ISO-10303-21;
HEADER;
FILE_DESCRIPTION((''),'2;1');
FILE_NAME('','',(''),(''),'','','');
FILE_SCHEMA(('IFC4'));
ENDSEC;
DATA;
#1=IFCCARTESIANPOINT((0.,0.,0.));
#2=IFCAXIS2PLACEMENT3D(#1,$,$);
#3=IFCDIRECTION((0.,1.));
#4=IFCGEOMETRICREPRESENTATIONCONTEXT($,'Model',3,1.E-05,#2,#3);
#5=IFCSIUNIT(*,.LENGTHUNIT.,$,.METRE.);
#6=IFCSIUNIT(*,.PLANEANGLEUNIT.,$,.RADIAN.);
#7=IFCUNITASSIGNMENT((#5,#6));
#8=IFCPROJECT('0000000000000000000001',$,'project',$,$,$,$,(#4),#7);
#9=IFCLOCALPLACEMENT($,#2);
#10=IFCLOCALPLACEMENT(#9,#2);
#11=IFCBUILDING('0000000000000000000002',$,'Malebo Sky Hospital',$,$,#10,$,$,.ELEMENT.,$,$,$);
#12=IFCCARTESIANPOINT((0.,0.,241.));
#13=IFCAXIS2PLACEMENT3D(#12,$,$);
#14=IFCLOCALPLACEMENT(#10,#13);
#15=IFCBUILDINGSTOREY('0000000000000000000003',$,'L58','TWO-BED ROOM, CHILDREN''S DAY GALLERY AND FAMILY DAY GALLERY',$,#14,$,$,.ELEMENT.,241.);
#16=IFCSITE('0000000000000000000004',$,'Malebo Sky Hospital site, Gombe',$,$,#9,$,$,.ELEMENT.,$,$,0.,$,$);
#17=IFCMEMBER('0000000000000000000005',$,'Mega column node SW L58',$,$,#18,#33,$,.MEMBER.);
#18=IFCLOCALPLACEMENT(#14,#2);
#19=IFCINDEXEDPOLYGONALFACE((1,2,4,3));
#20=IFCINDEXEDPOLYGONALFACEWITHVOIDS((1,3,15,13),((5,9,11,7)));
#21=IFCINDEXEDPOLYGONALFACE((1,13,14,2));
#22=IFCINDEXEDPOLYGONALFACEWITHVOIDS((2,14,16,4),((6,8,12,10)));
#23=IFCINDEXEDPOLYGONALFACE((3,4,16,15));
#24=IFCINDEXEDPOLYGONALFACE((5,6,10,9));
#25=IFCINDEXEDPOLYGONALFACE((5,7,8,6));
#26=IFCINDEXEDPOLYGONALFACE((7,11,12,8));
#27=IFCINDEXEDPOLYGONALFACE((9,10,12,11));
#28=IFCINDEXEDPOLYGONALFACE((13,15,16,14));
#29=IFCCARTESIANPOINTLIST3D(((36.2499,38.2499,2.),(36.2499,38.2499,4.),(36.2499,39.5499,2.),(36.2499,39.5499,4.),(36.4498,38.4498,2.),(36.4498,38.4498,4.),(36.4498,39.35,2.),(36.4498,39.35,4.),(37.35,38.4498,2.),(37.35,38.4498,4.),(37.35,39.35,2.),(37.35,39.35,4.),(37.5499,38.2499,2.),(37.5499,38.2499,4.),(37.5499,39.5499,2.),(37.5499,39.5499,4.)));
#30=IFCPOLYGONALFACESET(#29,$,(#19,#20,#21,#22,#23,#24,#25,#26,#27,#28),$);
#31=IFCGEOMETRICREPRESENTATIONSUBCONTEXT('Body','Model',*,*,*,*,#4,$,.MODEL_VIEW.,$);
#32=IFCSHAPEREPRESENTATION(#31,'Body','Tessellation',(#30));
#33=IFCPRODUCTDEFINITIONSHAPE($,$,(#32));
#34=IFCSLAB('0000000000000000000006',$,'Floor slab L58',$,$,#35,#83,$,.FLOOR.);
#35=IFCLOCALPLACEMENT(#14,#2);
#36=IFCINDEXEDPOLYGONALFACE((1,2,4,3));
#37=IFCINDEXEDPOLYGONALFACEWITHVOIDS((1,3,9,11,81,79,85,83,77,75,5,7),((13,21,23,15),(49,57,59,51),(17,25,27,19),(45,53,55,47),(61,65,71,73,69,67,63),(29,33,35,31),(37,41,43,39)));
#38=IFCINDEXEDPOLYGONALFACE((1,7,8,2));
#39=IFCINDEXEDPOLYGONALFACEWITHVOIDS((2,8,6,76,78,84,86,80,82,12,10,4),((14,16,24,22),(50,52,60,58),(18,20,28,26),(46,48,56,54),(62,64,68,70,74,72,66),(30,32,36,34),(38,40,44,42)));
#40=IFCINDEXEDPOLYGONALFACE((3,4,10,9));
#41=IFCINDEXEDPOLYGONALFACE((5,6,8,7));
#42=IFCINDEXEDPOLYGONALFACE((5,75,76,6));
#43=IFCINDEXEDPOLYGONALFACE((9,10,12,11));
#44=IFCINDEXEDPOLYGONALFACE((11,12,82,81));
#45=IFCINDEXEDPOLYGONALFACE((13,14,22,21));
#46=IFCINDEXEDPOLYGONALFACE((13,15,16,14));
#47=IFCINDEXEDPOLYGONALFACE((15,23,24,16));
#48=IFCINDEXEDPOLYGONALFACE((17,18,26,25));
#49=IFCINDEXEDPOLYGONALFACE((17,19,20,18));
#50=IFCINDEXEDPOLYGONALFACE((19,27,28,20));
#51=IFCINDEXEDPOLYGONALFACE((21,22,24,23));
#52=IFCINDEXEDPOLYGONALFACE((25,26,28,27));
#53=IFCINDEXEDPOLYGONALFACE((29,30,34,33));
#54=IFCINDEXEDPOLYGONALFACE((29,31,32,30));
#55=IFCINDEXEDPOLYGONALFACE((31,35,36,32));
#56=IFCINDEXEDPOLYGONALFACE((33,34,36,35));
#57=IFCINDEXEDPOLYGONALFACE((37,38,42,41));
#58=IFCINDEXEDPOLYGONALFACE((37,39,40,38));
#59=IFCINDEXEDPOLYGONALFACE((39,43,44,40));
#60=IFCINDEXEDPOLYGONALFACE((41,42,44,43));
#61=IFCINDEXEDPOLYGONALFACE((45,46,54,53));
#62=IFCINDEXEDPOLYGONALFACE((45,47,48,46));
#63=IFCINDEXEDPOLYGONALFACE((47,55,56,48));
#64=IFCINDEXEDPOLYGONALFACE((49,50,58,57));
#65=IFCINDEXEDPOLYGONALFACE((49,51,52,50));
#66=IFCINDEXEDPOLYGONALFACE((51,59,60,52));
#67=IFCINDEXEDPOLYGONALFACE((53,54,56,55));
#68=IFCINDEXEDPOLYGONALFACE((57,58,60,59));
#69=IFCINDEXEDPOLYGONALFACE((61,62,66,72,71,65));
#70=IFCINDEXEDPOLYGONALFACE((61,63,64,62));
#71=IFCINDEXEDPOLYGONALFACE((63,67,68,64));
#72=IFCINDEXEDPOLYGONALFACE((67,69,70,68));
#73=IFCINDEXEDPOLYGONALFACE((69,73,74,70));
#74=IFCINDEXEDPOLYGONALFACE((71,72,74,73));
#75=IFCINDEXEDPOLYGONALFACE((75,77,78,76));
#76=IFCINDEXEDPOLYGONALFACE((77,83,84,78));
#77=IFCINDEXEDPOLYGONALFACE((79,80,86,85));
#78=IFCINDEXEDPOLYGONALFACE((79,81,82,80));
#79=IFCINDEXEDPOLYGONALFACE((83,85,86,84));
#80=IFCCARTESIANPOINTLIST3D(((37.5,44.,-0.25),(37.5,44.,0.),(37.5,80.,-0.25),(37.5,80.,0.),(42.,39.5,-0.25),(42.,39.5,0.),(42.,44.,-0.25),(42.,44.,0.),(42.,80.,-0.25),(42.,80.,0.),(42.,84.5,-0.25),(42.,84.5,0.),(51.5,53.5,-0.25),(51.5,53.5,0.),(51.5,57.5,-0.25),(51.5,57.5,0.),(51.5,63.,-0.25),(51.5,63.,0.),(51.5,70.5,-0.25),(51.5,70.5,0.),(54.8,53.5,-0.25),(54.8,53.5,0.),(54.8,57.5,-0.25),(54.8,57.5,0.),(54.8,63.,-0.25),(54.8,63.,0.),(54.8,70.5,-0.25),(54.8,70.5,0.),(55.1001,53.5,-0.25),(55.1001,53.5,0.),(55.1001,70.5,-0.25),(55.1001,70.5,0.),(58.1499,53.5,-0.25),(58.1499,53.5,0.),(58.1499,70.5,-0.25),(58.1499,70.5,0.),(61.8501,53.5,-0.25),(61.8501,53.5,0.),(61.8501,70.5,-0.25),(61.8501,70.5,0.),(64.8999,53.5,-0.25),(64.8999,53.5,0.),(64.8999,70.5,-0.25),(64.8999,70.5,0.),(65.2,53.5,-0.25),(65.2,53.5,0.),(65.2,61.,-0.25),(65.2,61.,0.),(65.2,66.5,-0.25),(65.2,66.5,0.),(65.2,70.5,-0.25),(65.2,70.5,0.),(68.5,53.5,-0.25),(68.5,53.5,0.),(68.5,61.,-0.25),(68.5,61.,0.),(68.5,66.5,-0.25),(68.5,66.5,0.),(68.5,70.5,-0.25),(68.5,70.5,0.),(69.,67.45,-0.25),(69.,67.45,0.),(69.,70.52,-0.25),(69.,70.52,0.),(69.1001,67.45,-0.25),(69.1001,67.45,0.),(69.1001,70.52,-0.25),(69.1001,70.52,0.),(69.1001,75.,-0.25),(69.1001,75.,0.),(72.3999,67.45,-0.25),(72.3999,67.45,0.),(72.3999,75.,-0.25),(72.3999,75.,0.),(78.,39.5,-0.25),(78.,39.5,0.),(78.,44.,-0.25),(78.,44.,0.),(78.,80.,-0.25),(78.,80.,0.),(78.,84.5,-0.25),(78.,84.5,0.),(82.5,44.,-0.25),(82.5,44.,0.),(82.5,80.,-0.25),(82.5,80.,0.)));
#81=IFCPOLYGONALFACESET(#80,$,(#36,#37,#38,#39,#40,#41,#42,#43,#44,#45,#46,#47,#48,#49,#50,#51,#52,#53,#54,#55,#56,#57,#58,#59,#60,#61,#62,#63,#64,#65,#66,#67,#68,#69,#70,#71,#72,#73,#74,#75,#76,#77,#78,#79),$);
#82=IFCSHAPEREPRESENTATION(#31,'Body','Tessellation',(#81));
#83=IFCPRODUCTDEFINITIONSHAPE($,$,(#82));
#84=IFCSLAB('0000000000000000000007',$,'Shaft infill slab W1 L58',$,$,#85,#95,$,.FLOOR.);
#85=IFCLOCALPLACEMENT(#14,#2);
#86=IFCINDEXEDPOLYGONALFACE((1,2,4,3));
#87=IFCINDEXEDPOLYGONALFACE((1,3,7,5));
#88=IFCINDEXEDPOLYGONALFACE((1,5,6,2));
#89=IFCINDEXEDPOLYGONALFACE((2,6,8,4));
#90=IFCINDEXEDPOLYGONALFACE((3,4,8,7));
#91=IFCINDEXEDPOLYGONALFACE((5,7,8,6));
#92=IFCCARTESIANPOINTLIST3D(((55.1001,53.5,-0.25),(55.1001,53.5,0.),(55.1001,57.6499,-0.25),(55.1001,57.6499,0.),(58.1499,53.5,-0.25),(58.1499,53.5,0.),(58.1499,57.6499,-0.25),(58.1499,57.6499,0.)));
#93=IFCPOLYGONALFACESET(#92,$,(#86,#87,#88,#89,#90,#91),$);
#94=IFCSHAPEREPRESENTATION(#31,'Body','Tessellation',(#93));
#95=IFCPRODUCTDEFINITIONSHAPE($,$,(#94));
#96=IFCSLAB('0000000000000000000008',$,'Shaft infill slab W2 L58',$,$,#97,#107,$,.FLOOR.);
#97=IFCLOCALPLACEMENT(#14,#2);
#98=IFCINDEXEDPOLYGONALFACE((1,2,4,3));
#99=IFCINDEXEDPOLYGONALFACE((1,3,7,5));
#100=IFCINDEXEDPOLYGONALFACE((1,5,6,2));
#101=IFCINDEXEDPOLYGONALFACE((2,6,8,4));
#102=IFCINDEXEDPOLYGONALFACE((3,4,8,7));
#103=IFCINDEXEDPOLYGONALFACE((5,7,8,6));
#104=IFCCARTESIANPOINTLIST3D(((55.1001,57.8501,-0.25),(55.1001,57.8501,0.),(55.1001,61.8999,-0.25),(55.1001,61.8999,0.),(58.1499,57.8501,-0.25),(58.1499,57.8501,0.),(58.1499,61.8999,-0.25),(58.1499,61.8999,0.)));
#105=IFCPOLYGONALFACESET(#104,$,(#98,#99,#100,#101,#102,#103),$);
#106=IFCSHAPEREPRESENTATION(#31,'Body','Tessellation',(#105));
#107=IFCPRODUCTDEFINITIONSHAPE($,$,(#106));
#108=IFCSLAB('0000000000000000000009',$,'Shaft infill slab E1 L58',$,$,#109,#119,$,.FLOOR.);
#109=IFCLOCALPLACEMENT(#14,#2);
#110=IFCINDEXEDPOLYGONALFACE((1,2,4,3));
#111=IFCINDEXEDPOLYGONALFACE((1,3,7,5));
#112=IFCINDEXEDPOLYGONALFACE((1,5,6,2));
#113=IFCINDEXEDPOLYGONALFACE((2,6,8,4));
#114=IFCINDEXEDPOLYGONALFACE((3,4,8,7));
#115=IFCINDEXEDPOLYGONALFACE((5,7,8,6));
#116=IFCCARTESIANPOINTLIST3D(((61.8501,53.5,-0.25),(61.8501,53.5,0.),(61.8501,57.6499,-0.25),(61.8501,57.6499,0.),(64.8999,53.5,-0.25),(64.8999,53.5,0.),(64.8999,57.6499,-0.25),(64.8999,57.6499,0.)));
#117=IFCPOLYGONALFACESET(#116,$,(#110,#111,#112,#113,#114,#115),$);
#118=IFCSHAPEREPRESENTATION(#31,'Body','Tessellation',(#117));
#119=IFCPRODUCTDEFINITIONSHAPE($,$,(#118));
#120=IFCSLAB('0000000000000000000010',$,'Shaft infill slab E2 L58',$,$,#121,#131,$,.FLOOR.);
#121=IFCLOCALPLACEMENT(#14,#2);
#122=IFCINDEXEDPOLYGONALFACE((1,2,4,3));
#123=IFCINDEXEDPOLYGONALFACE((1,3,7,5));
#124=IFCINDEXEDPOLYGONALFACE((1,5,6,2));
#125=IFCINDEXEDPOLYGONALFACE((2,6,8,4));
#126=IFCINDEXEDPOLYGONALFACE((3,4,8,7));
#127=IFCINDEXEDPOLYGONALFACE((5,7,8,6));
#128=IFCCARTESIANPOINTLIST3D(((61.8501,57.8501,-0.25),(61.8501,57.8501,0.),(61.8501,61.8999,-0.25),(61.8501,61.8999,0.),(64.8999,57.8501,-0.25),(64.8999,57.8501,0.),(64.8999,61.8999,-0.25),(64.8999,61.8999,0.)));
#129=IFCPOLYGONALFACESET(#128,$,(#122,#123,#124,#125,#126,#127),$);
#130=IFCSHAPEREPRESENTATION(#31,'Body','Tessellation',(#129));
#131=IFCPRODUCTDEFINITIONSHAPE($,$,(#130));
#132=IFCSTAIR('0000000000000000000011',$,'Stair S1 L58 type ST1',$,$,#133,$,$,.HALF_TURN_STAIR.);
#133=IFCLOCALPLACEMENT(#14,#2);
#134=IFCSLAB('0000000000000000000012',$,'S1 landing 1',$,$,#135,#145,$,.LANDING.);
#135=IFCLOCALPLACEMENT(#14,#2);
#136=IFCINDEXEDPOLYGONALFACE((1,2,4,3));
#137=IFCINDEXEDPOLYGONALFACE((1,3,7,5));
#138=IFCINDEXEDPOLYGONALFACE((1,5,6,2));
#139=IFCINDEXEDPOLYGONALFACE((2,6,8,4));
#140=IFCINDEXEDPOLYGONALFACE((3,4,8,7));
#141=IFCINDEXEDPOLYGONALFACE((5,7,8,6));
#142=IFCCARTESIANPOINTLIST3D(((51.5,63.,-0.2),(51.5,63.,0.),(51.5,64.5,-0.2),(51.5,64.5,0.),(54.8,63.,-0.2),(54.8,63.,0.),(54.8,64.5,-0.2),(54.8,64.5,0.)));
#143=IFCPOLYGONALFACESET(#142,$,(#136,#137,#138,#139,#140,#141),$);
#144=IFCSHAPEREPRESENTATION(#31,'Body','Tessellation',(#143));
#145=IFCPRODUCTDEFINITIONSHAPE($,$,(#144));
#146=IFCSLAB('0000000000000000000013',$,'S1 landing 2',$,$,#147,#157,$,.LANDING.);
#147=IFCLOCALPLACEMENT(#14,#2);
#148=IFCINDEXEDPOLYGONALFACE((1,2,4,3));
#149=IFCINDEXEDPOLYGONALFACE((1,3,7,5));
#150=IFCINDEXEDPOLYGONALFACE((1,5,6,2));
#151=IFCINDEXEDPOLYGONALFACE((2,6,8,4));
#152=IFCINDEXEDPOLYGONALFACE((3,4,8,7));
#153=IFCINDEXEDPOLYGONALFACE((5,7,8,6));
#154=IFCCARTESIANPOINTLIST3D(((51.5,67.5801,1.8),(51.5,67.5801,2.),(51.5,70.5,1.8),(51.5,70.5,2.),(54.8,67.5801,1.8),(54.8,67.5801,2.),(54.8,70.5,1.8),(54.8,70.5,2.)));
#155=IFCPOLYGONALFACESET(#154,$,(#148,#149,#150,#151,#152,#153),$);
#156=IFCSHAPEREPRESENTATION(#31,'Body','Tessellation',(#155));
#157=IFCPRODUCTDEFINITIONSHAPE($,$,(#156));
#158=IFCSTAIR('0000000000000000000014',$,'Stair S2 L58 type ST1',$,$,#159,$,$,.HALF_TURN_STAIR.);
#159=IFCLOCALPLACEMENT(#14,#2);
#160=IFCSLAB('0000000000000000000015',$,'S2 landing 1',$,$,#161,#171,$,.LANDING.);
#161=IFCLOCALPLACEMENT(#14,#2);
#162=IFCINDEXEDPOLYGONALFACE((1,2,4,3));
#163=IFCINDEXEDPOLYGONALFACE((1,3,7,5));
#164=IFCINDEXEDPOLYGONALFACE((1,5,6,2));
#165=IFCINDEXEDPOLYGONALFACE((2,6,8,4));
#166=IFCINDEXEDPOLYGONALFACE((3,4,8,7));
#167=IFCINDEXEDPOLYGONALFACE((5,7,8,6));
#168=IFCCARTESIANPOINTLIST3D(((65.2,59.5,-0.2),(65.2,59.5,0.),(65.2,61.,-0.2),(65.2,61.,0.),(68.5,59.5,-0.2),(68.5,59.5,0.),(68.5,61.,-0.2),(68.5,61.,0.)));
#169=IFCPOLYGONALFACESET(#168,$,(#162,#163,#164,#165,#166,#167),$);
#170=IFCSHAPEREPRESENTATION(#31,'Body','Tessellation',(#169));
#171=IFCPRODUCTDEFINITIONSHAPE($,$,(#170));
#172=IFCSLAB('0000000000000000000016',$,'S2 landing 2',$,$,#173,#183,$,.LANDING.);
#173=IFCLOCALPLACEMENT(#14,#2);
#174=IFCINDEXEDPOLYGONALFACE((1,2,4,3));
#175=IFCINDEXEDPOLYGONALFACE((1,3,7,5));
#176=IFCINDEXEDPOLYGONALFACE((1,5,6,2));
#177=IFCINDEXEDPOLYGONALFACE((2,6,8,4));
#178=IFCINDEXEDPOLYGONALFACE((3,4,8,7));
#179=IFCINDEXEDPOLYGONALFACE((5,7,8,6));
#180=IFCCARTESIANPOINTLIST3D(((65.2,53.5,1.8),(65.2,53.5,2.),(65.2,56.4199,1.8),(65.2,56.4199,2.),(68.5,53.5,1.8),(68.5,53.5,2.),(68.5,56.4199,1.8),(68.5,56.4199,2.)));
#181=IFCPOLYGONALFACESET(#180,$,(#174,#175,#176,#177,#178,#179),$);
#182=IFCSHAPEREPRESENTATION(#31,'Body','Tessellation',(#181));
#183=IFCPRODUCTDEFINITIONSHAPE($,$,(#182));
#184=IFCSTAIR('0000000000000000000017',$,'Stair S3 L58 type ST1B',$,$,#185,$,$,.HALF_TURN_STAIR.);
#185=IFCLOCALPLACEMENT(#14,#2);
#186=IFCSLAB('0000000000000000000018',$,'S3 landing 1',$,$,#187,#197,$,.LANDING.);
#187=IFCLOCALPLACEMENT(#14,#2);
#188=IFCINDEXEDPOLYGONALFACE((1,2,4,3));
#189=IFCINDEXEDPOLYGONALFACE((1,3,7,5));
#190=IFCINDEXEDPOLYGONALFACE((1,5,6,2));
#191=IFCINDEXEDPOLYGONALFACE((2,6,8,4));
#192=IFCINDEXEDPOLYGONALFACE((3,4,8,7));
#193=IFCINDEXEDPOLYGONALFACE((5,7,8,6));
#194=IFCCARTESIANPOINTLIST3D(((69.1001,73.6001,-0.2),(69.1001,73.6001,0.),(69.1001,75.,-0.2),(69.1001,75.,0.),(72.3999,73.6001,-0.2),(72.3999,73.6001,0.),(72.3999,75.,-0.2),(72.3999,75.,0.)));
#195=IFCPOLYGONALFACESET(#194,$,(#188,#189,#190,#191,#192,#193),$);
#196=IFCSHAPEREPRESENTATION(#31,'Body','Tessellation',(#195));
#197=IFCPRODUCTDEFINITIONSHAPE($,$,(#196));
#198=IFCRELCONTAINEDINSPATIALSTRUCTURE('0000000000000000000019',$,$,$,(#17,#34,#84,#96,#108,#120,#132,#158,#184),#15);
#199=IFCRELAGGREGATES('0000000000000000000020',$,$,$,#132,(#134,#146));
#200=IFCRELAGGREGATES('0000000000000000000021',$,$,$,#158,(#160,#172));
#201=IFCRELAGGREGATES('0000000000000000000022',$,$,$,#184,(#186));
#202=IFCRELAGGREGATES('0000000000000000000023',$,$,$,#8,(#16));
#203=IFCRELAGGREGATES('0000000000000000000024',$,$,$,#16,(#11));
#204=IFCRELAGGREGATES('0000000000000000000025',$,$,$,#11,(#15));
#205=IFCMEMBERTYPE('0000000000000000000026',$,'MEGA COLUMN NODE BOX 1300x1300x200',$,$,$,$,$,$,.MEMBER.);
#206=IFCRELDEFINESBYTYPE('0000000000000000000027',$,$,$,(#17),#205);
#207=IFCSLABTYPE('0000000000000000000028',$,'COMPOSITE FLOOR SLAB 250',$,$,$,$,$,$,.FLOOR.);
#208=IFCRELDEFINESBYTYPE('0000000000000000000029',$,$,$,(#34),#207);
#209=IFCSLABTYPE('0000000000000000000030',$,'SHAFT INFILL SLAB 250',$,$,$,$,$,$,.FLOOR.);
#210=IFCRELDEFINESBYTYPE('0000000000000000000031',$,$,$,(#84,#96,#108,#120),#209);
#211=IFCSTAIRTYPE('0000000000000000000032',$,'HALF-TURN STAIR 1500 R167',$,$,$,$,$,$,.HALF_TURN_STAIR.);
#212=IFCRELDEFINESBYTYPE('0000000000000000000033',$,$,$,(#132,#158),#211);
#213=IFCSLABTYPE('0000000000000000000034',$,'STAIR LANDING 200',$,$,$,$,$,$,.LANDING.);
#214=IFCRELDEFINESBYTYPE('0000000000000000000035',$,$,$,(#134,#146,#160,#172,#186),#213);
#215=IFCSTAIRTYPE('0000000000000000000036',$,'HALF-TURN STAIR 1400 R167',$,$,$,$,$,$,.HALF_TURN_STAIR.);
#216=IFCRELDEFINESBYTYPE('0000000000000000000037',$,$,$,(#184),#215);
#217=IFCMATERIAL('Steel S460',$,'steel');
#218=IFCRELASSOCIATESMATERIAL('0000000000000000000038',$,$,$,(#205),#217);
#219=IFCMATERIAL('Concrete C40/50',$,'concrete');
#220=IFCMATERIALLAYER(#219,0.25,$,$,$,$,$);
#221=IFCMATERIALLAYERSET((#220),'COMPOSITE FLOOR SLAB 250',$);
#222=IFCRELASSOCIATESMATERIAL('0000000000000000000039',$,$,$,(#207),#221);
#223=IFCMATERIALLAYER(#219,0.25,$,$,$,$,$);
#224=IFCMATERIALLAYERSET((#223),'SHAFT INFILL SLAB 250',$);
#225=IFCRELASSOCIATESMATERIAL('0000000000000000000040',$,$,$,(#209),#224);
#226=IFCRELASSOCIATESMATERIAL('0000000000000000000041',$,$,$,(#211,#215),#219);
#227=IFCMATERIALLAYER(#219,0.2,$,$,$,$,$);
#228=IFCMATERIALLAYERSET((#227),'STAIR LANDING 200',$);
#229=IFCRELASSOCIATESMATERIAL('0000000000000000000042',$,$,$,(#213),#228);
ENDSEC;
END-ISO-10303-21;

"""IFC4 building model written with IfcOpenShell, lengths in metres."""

from ifc_helpers import new_model, si_unit, direction, frame, origin, origin_2d, place, context, subcontext, project, spatial, polyline, hollow_rectangle, outline, extrude, material, layer, layer_set, material_profile, profile_set, type_object, element, aggregate, save


model = new_model("IFC4")

# Units and contexts
model_context = context("Model", 3, precision=1e-05, world=origin(), true_north=direction((0.0, 1.0)))
body_context = subcontext(model_context, "Body", "Model", "MODEL_VIEW")
ifc_project = project(units=[si_unit("LENGTHUNIT", "METRE"), si_unit("PLANEANGLEUNIT", "RADIAN")], contexts=[model_context])

# Site, building, storey
site_placement = place(None, origin())
site = spatial("IfcSite", under=ifc_project, at=site_placement, Name="Malebo Sky Hospital site, Gombe", CompositionType="ELEMENT", RefElevation=0.0)
building_placement = place(site_placement, origin())
building = spatial("IfcBuilding", under=site, at=building_placement, Name="Malebo Sky Hospital", CompositionType="ELEMENT")
storey_placement = place(building_placement, frame((0.0, 0.0, 241.0)))
storey = spatial("IfcBuildingStorey", under=building, at=storey_placement, Name="L58", Description="TWO-BED ROOM, CHILDREN'S DAY GALLERY AND FAMILY DAY GALLERY", CompositionType="ELEMENT", Elevation=241.0)

# Shared definitions
ifc_material_1 = material(Name="Steel S460", Category="steel")

# Member
ifc_material_profile_1 = material_profile(ifc_material_1, hollow_rectangle(XDim=1.3, YDim=1.3, WallThickness=0.2, at=origin_2d()), Name="BOX 1300x1300x200")
ifc_profile_set_1 = profile_set([ifc_material_profile_1], Name="Steel S460")
member_type_1 = type_object("IfcMemberType", Name="MEGA COLUMN NODE BOX 1300x1300x200", PredefinedType="MEMBER", material=ifc_profile_set_1)
member_1_placement = place(storey_placement, frame((36.8999, 38.8999, 2.0), z_axis=(0.0, 0.0, 1.0), x_axis=(1.0, 0.0, 0.0)))
element("IfcMember", 1, at=member_1_placement, inside=storey, type_object=member_type_1, Name="Mega column node SW L58", PredefinedType="MEMBER", context=body_context, shape_type="SweptSolid", body=[
    extrude(hollow_rectangle(XDim=1.3, YDim=1.3, WallThickness=0.2, at=origin_2d()), origin(), (0.0, 0.0, 1.0), 2.0),
])

# Slabs
ifc_material_2 = material(Name="Concrete C40/50", Category="concrete")
ifc_layer_1 = layer(ifc_material_2, 0.25)
ifc_layer_set_1 = layer_set([ifc_layer_1], Name="COMPOSITE FLOOR SLAB 250")
slab_type_1 = type_object("IfcSlabType", Name="COMPOSITE FLOOR SLAB 250", PredefinedType="FLOOR", material=ifc_layer_set_1)
slab_1_placement = place(storey_placement, frame((0.0, 0.0, -0.25)))
element("IfcSlab", 2, at=slab_1_placement, inside=storey, type_object=slab_type_1, Name="Floor slab L58", PredefinedType="FLOOR", context=body_context, shape_type="SweptSolid", body=[
    extrude(outline(polyline([(42.0, 84.5), (42.0, 80.0), (37.5, 80.0), (37.5, 44.0), (42.0, 44.0), (42.0, 39.5), (78.0, 39.5), (78.0, 44.0), (82.5, 44.0), (82.5, 80.0), (78.0, 80.0), (78.0, 84.5), (42.0, 84.5)]), holes=[polyline([(55.1001, 70.5), (58.1499, 70.5), (58.1499, 53.5), (55.1001, 53.5), (55.1001, 70.5)]), polyline([(64.8999, 70.5), (64.8999, 53.5), (61.8501, 53.5), (61.8501, 70.5), (64.8999, 70.5)]), polyline([(54.8, 63.0), (51.5, 63.0), (51.5, 70.5), (54.8, 70.5), (54.8, 63.0)]), polyline([(51.5, 53.5), (51.5, 57.5), (54.8, 57.5), (54.8, 53.5), (51.5, 53.5)]), polyline([(65.2, 61.0), (68.5, 61.0), (68.5, 53.5), (65.2, 53.5), (65.2, 61.0)]), polyline([(68.5, 70.5), (68.5, 66.5), (65.2, 66.5), (65.2, 70.5), (68.5, 70.5)]), polyline([(69.0, 67.45), (69.0, 70.52), (69.1001, 70.52), (69.1001, 75.0), (72.3999, 75.0), (72.3999, 67.45), (69.1001, 67.45), (69.0, 67.45)])]), origin(), (0.0, 0.0, 1.0), 0.25),
])
ifc_layer_2 = layer(ifc_material_2, 0.25)
ifc_layer_set_2 = layer_set([ifc_layer_2], Name="SHAFT INFILL SLAB 250")
slab_type_2 = type_object("IfcSlabType", Name="SHAFT INFILL SLAB 250", PredefinedType="FLOOR", material=ifc_layer_set_2)
slab_2_placement = place(storey_placement, frame((0.0, 0.0, -0.25)))
element("IfcSlab", 3, at=slab_2_placement, inside=storey, type_object=slab_type_2, Name="Shaft infill slab W1 L58", PredefinedType="FLOOR", context=body_context, shape_type="SweptSolid", body=[
    extrude(outline(polyline([(55.1001, 53.5), (58.1499, 53.5), (58.1499, 57.6499), (55.1001, 57.6499), (55.1001, 53.5)])), origin(), (0.0, 0.0, 1.0), 0.25),
])
slab_3_placement = place(storey_placement, frame((0.0, 0.0, -0.25)))
element("IfcSlab", 4, at=slab_3_placement, inside=storey, type_object=slab_type_2, Name="Shaft infill slab W2 L58", PredefinedType="FLOOR", context=body_context, shape_type="SweptSolid", body=[
    extrude(outline(polyline([(55.1001, 57.8501), (58.1499, 57.8501), (58.1499, 61.8999), (55.1001, 61.8999), (55.1001, 57.8501)])), origin(), (0.0, 0.0, 1.0), 0.25),
])
slab_4_placement = place(storey_placement, frame((0.0, 0.0, -0.25)))
element("IfcSlab", 5, at=slab_4_placement, inside=storey, type_object=slab_type_2, Name="Shaft infill slab E1 L58", PredefinedType="FLOOR", context=body_context, shape_type="SweptSolid", body=[
    extrude(outline(polyline([(61.8501, 53.5), (64.8999, 53.5), (64.8999, 57.6499), (61.8501, 57.6499), (61.8501, 53.5)])), origin(), (0.0, 0.0, 1.0), 0.25),
])
slab_5_placement = place(storey_placement, frame((0.0, 0.0, -0.25)))
element("IfcSlab", 6, at=slab_5_placement, inside=storey, type_object=slab_type_2, Name="Shaft infill slab E2 L58", PredefinedType="FLOOR", context=body_context, shape_type="SweptSolid", body=[
    extrude(outline(polyline([(61.8501, 57.8501), (64.8999, 57.8501), (64.8999, 61.8999), (61.8501, 61.8999), (61.8501, 57.8501)])), origin(), (0.0, 0.0, 1.0), 0.25),
])

# Stairs, slabs
stair_type_1 = type_object("IfcStairType", Name="HALF-TURN STAIR 1500 R167", PredefinedType="HALF_TURN_STAIR", material=ifc_material_2)
stair_1_placement = place(storey_placement, origin())
stair_1 = element("IfcStair", 7, at=stair_1_placement, inside=storey, type_object=stair_type_1, Name="Stair S1 L58 type ST1", PredefinedType="HALF_TURN_STAIR")
ifc_layer_3 = layer(ifc_material_2, 0.2)
ifc_layer_set_3 = layer_set([ifc_layer_3], Name="STAIR LANDING 200")
slab_type_3 = type_object("IfcSlabType", Name="STAIR LANDING 200", PredefinedType="LANDING", material=ifc_layer_set_3)
slab_6_placement = place(storey_placement, frame((0.0, 0.0, -0.2)))
slab_6 = element("IfcSlab", 8, at=slab_6_placement, type_object=slab_type_3, Name="S1 landing 1", PredefinedType="LANDING", context=body_context, shape_type="SweptSolid", body=[
    extrude(outline(polyline([(51.5, 63.0), (54.8, 63.0), (54.8, 64.5), (51.5, 64.5), (51.5, 63.0)])), origin(), (0.0, 0.0, 1.0), 0.2),
])
slab_7_placement = place(storey_placement, frame((0.0, 0.0, 1.8)))
slab_7 = element("IfcSlab", 9, at=slab_7_placement, type_object=slab_type_3, Name="S1 landing 2", PredefinedType="LANDING", context=body_context, shape_type="SweptSolid", body=[
    extrude(outline(polyline([(51.5, 67.5801), (54.8, 67.5801), (54.8, 70.5), (51.5, 70.5), (51.5, 67.5801)])), origin(), (0.0, 0.0, 1.0), 0.2),
])
aggregate(stair_1, [slab_6, slab_7])
stair_2_placement = place(storey_placement, origin())
stair_2 = element("IfcStair", 10, at=stair_2_placement, inside=storey, type_object=stair_type_1, Name="Stair S2 L58 type ST1", PredefinedType="HALF_TURN_STAIR")
slab_8_placement = place(storey_placement, frame((0.0, 0.0, -0.2)))
slab_8 = element("IfcSlab", 11, at=slab_8_placement, type_object=slab_type_3, Name="S2 landing 1", PredefinedType="LANDING", context=body_context, shape_type="SweptSolid", body=[
    extrude(outline(polyline([(65.2, 59.5), (68.5, 59.5), (68.5, 61.0), (65.2, 61.0), (65.2, 59.5)])), origin(), (0.0, 0.0, 1.0), 0.2),
])
slab_9_placement = place(storey_placement, frame((0.0, 0.0, 1.8)))
slab_9 = element("IfcSlab", 12, at=slab_9_placement, type_object=slab_type_3, Name="S2 landing 2", PredefinedType="LANDING", context=body_context, shape_type="SweptSolid", body=[
    extrude(outline(polyline([(65.2, 53.5), (68.5, 53.5), (68.5, 56.4199), (65.2, 56.4199), (65.2, 53.5)])), origin(), (0.0, 0.0, 1.0), 0.2),
])
aggregate(stair_2, [slab_8, slab_9])
stair_type_2 = type_object("IfcStairType", Name="HALF-TURN STAIR 1400 R167", PredefinedType="HALF_TURN_STAIR", material=ifc_material_2)
stair_3_placement = place(storey_placement, origin())
stair_3 = element("IfcStair", 13, at=stair_3_placement, inside=storey, type_object=stair_type_2, Name="Stair S3 L58 type ST1B", PredefinedType="HALF_TURN_STAIR")
slab_10_placement = place(storey_placement, frame((0.0, 0.0, -0.2)))
slab_10 = element("IfcSlab", 14, at=slab_10_placement, type_object=slab_type_3, Name="S3 landing 1", PredefinedType="LANDING", context=body_context, shape_type="SweptSolid", body=[
    extrude(outline(polyline([(69.1001, 73.6001), (72.3999, 73.6001), (72.3999, 75.0), (69.1001, 75.0), (69.1001, 73.6001)])), origin(), (0.0, 0.0, 1.0), 0.2),
])
aggregate(stair_3, [slab_10])

save(model, "model.ifc")
